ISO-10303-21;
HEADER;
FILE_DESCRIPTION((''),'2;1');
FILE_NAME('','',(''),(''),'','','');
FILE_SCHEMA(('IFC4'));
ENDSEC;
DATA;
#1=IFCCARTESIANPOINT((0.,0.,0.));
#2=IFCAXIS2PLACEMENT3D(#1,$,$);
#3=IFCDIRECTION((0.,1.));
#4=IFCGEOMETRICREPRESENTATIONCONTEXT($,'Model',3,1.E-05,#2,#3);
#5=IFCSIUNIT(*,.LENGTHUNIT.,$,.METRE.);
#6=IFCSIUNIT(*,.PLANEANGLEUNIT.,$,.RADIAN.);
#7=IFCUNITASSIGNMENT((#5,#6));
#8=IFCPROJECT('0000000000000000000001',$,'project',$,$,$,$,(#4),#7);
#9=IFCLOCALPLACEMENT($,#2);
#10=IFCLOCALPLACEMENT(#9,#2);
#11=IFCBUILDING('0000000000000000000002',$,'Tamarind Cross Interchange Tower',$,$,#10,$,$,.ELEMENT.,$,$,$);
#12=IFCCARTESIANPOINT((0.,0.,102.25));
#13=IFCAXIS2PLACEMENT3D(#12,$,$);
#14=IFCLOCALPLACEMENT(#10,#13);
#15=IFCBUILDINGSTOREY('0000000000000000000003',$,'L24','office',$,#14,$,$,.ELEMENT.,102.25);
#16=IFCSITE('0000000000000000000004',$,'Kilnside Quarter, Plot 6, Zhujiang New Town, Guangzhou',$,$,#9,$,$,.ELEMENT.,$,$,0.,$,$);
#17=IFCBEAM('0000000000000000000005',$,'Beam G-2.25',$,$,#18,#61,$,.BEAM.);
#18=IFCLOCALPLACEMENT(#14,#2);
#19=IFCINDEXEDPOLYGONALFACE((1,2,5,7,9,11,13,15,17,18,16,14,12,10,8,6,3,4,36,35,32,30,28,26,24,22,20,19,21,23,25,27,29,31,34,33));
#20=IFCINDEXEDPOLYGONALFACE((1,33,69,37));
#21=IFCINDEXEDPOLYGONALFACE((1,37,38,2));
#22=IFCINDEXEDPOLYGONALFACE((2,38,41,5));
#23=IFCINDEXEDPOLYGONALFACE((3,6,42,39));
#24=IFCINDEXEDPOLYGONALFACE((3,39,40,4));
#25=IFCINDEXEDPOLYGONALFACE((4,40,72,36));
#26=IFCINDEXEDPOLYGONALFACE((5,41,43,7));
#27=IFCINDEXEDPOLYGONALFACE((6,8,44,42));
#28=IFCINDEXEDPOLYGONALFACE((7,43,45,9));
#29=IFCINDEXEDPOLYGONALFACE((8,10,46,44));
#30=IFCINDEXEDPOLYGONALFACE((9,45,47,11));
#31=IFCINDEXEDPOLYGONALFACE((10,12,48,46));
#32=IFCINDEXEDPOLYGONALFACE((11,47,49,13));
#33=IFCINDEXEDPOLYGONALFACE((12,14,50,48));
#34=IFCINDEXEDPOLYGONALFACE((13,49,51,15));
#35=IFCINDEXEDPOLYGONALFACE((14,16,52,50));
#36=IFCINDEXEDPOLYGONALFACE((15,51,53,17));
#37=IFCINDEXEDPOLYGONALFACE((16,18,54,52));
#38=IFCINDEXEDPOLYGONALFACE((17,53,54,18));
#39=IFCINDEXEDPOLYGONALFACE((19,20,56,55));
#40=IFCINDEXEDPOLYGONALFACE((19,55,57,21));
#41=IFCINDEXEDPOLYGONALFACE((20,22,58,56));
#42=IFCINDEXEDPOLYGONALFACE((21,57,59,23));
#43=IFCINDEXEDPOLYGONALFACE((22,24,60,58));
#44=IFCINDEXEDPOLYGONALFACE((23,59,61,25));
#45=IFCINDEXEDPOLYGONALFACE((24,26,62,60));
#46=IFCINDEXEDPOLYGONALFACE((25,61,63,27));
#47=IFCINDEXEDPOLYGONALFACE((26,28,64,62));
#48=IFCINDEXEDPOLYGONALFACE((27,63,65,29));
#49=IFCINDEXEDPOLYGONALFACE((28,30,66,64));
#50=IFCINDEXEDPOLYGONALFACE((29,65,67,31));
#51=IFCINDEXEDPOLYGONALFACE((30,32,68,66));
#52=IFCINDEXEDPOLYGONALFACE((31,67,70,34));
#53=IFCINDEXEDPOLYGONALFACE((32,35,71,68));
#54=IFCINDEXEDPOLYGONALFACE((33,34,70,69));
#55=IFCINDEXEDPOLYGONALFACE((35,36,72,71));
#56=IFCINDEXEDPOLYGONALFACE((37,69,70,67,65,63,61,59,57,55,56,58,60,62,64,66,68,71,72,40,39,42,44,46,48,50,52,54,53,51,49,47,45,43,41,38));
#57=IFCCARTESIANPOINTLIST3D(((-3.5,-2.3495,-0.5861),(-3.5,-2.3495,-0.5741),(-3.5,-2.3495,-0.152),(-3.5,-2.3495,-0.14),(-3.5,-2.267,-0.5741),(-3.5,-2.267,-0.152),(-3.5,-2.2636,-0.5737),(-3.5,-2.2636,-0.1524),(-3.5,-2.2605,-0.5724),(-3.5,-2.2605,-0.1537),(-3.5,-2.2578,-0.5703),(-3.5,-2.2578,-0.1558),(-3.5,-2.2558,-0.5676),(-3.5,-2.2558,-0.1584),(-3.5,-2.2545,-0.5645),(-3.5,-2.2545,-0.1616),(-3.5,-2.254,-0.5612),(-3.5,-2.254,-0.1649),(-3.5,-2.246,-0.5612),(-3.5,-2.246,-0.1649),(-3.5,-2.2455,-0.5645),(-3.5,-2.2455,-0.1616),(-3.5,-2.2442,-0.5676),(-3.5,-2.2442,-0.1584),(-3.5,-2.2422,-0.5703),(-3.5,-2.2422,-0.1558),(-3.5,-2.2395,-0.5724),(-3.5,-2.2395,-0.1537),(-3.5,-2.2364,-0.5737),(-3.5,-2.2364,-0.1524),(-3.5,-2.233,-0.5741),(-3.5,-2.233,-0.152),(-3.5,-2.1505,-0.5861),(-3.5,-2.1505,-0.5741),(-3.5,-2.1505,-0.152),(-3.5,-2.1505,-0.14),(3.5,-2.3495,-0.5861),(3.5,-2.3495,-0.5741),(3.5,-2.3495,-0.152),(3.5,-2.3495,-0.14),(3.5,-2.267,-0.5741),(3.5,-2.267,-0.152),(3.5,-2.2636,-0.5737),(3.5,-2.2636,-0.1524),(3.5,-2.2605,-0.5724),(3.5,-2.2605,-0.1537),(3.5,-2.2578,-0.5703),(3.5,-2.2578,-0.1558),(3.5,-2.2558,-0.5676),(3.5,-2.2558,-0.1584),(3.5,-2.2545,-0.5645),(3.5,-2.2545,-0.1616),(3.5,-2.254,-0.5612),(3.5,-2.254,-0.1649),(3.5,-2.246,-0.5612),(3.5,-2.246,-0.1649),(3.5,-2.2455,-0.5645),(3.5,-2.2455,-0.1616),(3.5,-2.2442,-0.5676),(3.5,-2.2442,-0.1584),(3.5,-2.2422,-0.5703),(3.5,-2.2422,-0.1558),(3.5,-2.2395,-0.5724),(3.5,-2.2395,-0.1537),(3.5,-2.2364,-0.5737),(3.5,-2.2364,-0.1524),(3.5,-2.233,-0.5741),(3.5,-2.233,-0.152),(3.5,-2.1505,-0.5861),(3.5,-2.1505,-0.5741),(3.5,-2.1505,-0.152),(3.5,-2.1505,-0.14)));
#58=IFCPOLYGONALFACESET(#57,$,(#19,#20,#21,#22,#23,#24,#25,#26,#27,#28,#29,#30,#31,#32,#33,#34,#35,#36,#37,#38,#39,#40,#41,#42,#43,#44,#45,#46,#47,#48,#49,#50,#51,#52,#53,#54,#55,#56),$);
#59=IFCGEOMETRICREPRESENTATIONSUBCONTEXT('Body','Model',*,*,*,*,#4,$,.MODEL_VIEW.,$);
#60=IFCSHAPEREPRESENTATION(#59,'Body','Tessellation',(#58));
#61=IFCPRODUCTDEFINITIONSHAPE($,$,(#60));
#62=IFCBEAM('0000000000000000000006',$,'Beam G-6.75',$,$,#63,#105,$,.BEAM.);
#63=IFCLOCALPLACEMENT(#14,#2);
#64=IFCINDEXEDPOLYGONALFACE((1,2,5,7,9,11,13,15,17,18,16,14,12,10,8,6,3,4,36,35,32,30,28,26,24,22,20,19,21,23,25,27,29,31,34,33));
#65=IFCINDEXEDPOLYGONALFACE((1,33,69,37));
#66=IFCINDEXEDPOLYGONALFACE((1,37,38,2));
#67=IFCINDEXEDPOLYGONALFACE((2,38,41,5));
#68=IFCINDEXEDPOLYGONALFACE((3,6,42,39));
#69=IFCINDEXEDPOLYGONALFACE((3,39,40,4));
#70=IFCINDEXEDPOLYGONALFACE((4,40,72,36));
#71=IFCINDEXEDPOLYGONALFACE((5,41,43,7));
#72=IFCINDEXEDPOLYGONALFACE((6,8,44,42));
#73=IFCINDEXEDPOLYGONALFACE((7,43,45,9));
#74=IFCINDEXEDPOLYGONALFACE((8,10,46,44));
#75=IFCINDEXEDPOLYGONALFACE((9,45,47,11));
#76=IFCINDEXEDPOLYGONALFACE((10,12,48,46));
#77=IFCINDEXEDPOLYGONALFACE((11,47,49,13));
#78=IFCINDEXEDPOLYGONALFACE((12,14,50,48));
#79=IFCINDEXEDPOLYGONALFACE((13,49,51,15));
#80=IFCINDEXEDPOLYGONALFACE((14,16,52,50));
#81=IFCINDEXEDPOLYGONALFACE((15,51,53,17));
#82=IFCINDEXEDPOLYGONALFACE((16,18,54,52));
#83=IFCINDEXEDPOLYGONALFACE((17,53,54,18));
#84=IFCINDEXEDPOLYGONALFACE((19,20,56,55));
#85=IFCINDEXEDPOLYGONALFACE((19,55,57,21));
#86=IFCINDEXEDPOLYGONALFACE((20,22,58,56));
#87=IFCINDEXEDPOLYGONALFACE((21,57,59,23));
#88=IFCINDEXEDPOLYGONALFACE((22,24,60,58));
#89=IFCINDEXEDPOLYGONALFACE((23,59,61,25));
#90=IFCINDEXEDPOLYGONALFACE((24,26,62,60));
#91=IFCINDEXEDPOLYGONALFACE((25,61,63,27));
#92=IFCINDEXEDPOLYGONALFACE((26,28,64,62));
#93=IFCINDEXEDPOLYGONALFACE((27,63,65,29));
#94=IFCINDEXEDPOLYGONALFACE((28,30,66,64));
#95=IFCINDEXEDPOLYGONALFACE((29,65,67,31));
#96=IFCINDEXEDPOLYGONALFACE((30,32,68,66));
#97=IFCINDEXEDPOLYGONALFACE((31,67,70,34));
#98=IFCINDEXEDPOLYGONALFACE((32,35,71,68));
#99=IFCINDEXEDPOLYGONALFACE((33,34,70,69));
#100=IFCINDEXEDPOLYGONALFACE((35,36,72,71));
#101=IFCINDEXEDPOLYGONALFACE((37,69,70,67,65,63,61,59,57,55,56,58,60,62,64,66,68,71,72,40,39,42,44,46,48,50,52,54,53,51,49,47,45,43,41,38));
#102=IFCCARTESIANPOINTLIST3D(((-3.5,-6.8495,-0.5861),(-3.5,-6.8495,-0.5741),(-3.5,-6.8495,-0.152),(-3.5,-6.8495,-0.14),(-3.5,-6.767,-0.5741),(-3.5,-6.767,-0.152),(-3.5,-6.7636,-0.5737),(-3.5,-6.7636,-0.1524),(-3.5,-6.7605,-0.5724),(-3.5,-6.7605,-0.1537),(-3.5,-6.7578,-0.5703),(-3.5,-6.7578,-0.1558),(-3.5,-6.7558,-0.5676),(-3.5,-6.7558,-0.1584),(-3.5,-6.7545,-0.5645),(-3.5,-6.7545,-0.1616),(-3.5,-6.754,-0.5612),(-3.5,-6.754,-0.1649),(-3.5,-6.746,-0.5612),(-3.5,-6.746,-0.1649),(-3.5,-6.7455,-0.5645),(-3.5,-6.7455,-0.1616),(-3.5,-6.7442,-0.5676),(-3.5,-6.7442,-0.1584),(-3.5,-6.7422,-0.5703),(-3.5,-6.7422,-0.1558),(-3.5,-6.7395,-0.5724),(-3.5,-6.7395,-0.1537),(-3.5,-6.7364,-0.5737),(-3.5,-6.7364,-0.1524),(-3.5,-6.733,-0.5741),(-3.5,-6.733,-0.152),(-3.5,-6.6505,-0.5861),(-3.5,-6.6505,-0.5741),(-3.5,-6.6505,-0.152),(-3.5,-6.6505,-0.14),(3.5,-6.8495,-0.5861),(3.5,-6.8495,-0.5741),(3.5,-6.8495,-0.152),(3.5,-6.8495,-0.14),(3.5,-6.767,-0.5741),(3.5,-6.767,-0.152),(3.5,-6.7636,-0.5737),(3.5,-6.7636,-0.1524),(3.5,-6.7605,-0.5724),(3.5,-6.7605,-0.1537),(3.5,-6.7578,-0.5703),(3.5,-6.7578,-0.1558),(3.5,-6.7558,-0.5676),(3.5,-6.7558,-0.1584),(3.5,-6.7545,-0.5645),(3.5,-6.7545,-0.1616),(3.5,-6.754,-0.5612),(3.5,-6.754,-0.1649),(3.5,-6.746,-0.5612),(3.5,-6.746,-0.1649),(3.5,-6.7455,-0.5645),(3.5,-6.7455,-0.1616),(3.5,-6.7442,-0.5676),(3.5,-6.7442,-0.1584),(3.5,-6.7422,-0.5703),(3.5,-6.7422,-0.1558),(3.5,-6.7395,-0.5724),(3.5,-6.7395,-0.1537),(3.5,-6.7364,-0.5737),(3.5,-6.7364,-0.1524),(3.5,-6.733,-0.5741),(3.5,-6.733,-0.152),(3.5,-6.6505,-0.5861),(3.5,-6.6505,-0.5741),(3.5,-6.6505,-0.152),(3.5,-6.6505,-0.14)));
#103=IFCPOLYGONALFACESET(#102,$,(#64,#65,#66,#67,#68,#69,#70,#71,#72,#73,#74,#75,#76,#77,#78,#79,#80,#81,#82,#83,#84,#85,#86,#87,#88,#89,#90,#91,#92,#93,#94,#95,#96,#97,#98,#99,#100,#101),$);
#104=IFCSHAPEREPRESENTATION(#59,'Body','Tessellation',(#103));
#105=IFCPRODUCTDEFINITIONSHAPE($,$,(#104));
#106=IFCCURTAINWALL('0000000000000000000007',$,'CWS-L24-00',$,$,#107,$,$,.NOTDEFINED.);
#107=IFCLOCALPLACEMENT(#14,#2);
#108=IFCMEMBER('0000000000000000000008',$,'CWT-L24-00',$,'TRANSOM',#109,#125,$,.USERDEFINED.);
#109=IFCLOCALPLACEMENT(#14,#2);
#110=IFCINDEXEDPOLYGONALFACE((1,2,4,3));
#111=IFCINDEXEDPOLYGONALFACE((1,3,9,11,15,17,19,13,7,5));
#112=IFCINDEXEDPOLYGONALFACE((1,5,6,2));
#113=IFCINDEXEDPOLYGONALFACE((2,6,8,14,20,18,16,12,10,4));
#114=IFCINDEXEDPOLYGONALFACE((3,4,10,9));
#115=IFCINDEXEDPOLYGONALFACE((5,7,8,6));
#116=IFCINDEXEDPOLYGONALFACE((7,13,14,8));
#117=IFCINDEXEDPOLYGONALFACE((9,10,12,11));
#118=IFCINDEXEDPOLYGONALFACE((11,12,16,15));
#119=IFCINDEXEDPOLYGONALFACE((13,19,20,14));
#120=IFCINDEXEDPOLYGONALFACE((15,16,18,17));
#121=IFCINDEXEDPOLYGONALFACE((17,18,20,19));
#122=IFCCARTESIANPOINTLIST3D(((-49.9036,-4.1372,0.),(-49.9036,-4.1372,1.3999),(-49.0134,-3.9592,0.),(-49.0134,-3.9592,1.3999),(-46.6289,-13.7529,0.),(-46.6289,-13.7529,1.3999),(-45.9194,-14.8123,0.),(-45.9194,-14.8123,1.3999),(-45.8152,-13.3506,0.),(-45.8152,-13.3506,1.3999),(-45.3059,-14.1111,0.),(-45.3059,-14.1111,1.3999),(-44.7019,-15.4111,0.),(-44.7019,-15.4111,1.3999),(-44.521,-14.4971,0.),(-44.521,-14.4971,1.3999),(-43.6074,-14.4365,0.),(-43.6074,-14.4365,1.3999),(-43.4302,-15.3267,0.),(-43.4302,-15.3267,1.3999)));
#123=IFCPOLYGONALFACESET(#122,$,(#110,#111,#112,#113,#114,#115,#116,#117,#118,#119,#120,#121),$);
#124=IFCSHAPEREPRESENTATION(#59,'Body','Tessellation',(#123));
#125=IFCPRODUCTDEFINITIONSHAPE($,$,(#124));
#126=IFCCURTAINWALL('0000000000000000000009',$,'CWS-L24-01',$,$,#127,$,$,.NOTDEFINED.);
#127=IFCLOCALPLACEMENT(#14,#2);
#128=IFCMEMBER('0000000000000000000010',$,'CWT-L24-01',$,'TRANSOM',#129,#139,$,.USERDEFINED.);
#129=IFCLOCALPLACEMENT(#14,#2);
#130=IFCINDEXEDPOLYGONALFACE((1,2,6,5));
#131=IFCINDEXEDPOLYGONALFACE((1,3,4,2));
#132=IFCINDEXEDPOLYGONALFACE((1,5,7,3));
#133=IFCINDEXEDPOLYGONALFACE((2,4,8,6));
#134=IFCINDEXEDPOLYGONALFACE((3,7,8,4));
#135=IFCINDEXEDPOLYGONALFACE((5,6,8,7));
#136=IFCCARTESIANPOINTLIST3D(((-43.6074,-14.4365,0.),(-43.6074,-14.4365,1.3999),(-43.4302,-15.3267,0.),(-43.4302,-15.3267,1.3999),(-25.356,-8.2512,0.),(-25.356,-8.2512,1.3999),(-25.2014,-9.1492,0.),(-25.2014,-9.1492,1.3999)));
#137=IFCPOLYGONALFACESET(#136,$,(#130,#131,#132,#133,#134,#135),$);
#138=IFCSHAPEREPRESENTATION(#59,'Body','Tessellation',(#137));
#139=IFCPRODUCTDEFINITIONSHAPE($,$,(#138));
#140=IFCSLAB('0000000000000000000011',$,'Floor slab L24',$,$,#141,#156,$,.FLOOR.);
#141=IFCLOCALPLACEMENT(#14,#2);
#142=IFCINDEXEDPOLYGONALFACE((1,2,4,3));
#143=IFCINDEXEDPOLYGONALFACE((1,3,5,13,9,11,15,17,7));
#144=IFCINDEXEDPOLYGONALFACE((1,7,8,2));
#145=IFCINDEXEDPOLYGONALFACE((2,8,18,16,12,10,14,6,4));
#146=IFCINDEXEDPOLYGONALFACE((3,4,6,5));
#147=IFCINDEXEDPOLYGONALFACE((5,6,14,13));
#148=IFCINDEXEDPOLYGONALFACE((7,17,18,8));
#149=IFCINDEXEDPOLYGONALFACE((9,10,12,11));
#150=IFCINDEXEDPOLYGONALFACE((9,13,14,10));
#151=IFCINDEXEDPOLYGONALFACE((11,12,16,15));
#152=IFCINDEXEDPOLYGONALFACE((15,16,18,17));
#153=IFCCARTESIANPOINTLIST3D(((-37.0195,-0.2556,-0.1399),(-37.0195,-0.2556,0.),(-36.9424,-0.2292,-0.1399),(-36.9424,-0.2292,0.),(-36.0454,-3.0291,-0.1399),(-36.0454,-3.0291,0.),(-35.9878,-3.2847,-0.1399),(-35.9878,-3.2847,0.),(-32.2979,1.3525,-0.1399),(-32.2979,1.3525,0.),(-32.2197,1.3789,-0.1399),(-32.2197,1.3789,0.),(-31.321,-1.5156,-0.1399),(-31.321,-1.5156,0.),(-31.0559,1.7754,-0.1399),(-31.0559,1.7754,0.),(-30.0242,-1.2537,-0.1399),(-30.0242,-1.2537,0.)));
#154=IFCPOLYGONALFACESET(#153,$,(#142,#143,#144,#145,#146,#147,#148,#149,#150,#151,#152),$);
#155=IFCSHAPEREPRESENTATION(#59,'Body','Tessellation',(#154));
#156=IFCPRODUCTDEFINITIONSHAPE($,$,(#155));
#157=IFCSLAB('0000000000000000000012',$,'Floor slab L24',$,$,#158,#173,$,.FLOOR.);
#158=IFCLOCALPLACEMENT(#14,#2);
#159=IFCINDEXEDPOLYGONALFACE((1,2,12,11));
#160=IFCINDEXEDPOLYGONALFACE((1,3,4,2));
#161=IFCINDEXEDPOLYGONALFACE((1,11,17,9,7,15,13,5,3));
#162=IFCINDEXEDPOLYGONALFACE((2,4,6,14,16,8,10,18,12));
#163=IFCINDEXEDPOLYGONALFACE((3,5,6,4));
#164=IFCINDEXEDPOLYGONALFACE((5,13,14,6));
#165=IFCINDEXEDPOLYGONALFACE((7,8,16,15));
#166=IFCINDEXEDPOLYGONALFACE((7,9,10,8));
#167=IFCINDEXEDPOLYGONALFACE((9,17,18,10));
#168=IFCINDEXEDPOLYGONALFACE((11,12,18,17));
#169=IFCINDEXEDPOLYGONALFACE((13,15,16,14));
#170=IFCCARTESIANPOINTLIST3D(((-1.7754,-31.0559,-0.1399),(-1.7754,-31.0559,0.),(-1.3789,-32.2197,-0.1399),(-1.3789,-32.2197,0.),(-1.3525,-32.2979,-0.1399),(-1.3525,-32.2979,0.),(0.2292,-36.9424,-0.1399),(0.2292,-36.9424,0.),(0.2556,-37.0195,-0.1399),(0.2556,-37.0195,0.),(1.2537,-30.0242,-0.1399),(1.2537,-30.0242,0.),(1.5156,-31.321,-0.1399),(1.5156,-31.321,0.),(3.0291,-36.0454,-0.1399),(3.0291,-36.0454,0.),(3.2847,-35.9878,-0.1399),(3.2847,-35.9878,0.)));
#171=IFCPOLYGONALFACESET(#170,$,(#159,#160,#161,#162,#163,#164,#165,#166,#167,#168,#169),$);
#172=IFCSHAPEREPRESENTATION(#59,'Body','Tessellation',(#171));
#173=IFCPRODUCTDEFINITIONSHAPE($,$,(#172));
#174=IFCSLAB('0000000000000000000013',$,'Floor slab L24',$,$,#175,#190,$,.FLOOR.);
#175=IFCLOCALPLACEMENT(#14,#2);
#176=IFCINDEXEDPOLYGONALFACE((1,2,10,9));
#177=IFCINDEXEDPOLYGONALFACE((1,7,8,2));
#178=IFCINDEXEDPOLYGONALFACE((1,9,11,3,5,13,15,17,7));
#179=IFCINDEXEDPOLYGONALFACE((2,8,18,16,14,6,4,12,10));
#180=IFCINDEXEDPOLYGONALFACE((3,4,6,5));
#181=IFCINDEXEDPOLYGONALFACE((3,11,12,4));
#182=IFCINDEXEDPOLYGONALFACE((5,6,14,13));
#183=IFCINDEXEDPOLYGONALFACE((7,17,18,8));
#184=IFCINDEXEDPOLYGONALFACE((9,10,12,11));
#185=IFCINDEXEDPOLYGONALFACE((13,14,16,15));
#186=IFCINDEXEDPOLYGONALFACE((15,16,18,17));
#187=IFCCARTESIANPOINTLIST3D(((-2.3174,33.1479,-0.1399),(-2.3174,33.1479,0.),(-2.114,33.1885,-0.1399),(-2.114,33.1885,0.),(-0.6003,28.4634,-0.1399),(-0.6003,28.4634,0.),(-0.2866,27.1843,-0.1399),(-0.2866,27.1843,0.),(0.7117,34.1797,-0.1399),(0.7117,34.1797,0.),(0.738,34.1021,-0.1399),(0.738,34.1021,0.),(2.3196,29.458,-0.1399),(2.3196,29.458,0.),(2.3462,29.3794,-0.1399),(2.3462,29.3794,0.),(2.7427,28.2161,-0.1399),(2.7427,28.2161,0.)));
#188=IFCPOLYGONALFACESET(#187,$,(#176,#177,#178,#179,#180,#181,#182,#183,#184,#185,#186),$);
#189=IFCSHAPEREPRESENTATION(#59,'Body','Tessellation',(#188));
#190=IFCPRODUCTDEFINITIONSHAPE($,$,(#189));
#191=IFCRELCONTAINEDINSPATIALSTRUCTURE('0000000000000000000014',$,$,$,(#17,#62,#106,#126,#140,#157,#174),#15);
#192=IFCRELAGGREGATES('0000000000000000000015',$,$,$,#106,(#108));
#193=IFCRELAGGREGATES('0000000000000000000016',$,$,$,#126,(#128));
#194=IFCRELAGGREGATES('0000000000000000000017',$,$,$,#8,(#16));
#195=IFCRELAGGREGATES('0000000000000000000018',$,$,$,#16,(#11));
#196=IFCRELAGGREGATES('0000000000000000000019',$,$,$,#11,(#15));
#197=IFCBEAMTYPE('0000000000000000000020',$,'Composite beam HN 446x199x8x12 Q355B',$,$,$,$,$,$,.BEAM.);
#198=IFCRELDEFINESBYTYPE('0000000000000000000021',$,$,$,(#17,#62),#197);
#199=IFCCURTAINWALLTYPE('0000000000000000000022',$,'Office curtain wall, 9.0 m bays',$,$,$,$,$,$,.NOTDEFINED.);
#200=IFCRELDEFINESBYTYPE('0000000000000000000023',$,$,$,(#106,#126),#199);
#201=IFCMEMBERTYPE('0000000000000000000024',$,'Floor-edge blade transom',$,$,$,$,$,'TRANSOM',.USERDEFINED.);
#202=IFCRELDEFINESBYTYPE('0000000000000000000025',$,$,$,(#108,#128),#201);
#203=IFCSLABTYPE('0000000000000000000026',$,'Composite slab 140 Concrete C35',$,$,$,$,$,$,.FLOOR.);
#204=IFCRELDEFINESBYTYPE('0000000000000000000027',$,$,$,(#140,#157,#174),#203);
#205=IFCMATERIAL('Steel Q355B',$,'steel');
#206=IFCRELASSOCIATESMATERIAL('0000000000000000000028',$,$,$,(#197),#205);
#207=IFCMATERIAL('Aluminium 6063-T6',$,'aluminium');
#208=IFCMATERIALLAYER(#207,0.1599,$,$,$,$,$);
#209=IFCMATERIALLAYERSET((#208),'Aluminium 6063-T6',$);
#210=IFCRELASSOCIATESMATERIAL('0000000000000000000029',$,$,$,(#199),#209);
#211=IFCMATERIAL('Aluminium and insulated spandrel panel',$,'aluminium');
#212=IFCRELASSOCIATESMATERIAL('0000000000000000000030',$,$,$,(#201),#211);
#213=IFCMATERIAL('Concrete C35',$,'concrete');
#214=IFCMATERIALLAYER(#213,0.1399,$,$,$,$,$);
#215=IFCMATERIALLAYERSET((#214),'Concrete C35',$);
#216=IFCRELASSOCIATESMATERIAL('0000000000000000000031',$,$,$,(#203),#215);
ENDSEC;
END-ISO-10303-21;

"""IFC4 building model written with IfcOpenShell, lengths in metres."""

from ifc_helpers import new_model, si_unit, direction, frame, origin, origin_2d, place, context, subcontext, project, spatial, polyline, i_section, outline, extrude, material, layer, layer_set, material_profile, profile_set, type_object, element, aggregate, save


model = new_model("IFC4")

# Units and contexts
model_context = context("Model", 3, precision=1e-05, world=origin(), true_north=direction((0.0, 1.0)))
body_context = subcontext(model_context, "Body", "Model", "MODEL_VIEW")
ifc_project = project(units=[si_unit("LENGTHUNIT", "METRE"), si_unit("PLANEANGLEUNIT", "RADIAN")], contexts=[model_context])

# Site, building, storey
site_placement = place(None, origin())
site = spatial("IfcSite", under=ifc_project, at=site_placement, Name="Kilnside Quarter, Plot 6, Zhujiang New Town, Guangzhou", CompositionType="ELEMENT", RefElevation=0.0)
building_placement = place(site_placement, origin())
building = spatial("IfcBuilding", under=site, at=building_placement, Name="Tamarind Cross Interchange Tower", CompositionType="ELEMENT")
storey_placement = place(building_placement, frame((0.0, 0.0, 102.25)))
storey = spatial("IfcBuildingStorey", under=building, at=storey_placement, Name="L24", Description="office", CompositionType="ELEMENT", Elevation=102.25)

# Beams
ifc_material_1 = material(Name="Steel Q355B", Category="steel")
ifc_material_profile = material_profile(ifc_material_1, i_section(OverallWidth=0.199, OverallDepth=0.446, WebThickness=0.0081, FlangeThickness=0.012, FilletRadius=0.0129, at=origin_2d()), Name="HN 446x199x8x12")
ifc_profile_set = profile_set([ifc_material_profile], Name="Steel Q355B")
beam_type = type_object("IfcBeamType", Name="Composite beam HN 446x199x8x12 Q355B", PredefinedType="BEAM", material=ifc_profile_set)
for number, where, z_axis, x_axis, name in (
    (1, (-3.5, -2.25, -0.363), (1.0, 0.0, 0.0), (0.0, 1.0, 0.0), "Beam G-2.25"),
    (2, (-3.5, -6.75, -0.363), (1.0, 0.0, 0.0), (0.0, 1.0, 0.0), "Beam G-6.75"),
):
    element("IfcBeam", number, at=place(storey_placement, frame(where, z_axis=z_axis, x_axis=x_axis)), inside=storey, type_object=beam_type, Name=name, PredefinedType="BEAM", context=body_context, shape_type="SweptSolid", body=[
        extrude(i_section(OverallWidth=0.199, OverallDepth=0.446, WebThickness=0.0081, FlangeThickness=0.012, FilletRadius=0.0129, at=origin_2d()), origin(), (0.0, 0.0, 1.0), 7.0),
    ])

# Curtain walls, members
ifc_material_2 = material(Name="Aluminium 6063-T6", Category="aluminium")
ifc_layer_1 = layer(ifc_material_2, 0.1599)
ifc_layer_set_1 = layer_set([ifc_layer_1], Name="Aluminium 6063-T6")
curtain_wall_type = type_object("IfcCurtainWallType", Name="Office curtain wall, 9.0 m bays", PredefinedType="NOTDEFINED", material=ifc_layer_set_1)
curtain_wall_1_placement = place(storey_placement, origin())
curtain_wall_1 = element("IfcCurtainWall", 3, at=curtain_wall_1_placement, inside=storey, type_object=curtain_wall_type, Name="CWS-L24-00", PredefinedType="NOTDEFINED")
ifc_material_3 = material(Name="Aluminium and insulated spandrel panel", Category="aluminium")
member_type = type_object("IfcMemberType", Name="Floor-edge blade transom", ElementType="TRANSOM", PredefinedType="USERDEFINED", material=ifc_material_3)
member_1_placement = place(storey_placement, origin())
member_1 = element("IfcMember", 4, at=member_1_placement, type_object=member_type, Name="CWT-L24-00", ObjectType="TRANSOM", PredefinedType="USERDEFINED", context=body_context, shape_type="SweptSolid", body=[
    extrude(outline(polyline([(-49.0134, -3.9592), (-45.8152, -13.3506), (-45.3059, -14.1111), (-44.521, -14.4971), (-43.6074, -14.4365), (-43.4302, -15.3267), (-44.7019, -15.4111), (-45.9194, -14.8123), (-46.6289, -13.7529), (-49.9036, -4.1372), (-49.0134, -3.9592)])), origin(), (0.0, 0.0, 1.0), 1.3999),
])
curtain_wall_2_placement = place(storey_placement, origin())
curtain_wall_2 = element("IfcCurtainWall", 5, at=curtain_wall_2_placement, inside=storey, type_object=curtain_wall_type, Name="CWS-L24-01", PredefinedType="NOTDEFINED")
member_2_placement = place(storey_placement, origin())
member_2 = element("IfcMember", 6, at=member_2_placement, type_object=member_type, Name="CWT-L24-01", ObjectType="TRANSOM", PredefinedType="USERDEFINED", context=body_context, shape_type="SweptSolid", body=[
    extrude(outline(polyline([(-43.6074, -14.4365), (-25.356, -8.2512), (-25.2014, -9.1492), (-43.4302, -15.3267), (-43.6074, -14.4365)])), origin(), (0.0, 0.0, 1.0), 1.3999),
])

# Slabs
ifc_material_4 = material(Name="Concrete C35", Category="concrete")
ifc_layer_2 = layer(ifc_material_4, 0.1399)
ifc_layer_set_2 = layer_set([ifc_layer_2], Name="Concrete C35")
slab_type = type_object("IfcSlabType", Name="Composite slab 140 Concrete C35", PredefinedType="FLOOR", material=ifc_layer_set_2)
slab_1_placement = place(storey_placement, frame((0.0, 0.0, -0.1399)))
element("IfcSlab", 7, at=slab_1_placement, inside=storey, type_object=slab_type, Name="Floor slab L24", PredefinedType="FLOOR", context=body_context, shape_type="SweptSolid", body=[
    extrude(outline(polyline([(-30.0242, -1.2537), (-31.0559, 1.7754), (-32.2197, 1.3789), (-32.2979, 1.3525), (-31.321, -1.5156), (-36.0454, -3.0291), (-36.9424, -0.2292), (-37.0195, -0.2556), (-35.9878, -3.2847), (-30.0242, -1.2537)])), origin(), (0.0, 0.0, 1.0), 0.1399),
])
slab_2_placement = place(storey_placement, frame((0.0, 0.0, -0.1399)))
element("IfcSlab", 8, at=slab_2_placement, inside=storey, type_object=slab_type, Name="Floor slab L24", PredefinedType="FLOOR", context=body_context, shape_type="SweptSolid", body=[
    extrude(outline(polyline([(0.2556, -37.0195), (3.2847, -35.9878), (1.2537, -30.0242), (-1.7754, -31.0559), (-1.3789, -32.2197), (-1.3525, -32.2979), (1.5156, -31.321), (3.0291, -36.0454), (0.2292, -36.9424), (0.2556, -37.0195)])), origin(), (0.0, 0.0, 1.0), 0.1399),
])
slab_3_placement = place(storey_placement, frame((0.0, 0.0, -0.1399)))
element("IfcSlab", 9, at=slab_3_placement, inside=storey, type_object=slab_type, Name="Floor slab L24", PredefinedType="FLOOR", context=body_context, shape_type="SweptSolid", body=[
    extrude(outline(polyline([(-0.2866, 27.1843), (2.7427, 28.2161), (2.3462, 29.3794), (2.3196, 29.458), (-0.6003, 28.4634), (-2.114, 33.1885), (0.738, 34.1021), (0.7117, 34.1797), (-2.3174, 33.1479), (-0.2866, 27.1843)])), origin(), (0.0, 0.0, 1.0), 0.1399),
])

aggregate(curtain_wall_1, [member_1])
aggregate(curtain_wall_2, [member_2])

save(model, "model.ifc")
